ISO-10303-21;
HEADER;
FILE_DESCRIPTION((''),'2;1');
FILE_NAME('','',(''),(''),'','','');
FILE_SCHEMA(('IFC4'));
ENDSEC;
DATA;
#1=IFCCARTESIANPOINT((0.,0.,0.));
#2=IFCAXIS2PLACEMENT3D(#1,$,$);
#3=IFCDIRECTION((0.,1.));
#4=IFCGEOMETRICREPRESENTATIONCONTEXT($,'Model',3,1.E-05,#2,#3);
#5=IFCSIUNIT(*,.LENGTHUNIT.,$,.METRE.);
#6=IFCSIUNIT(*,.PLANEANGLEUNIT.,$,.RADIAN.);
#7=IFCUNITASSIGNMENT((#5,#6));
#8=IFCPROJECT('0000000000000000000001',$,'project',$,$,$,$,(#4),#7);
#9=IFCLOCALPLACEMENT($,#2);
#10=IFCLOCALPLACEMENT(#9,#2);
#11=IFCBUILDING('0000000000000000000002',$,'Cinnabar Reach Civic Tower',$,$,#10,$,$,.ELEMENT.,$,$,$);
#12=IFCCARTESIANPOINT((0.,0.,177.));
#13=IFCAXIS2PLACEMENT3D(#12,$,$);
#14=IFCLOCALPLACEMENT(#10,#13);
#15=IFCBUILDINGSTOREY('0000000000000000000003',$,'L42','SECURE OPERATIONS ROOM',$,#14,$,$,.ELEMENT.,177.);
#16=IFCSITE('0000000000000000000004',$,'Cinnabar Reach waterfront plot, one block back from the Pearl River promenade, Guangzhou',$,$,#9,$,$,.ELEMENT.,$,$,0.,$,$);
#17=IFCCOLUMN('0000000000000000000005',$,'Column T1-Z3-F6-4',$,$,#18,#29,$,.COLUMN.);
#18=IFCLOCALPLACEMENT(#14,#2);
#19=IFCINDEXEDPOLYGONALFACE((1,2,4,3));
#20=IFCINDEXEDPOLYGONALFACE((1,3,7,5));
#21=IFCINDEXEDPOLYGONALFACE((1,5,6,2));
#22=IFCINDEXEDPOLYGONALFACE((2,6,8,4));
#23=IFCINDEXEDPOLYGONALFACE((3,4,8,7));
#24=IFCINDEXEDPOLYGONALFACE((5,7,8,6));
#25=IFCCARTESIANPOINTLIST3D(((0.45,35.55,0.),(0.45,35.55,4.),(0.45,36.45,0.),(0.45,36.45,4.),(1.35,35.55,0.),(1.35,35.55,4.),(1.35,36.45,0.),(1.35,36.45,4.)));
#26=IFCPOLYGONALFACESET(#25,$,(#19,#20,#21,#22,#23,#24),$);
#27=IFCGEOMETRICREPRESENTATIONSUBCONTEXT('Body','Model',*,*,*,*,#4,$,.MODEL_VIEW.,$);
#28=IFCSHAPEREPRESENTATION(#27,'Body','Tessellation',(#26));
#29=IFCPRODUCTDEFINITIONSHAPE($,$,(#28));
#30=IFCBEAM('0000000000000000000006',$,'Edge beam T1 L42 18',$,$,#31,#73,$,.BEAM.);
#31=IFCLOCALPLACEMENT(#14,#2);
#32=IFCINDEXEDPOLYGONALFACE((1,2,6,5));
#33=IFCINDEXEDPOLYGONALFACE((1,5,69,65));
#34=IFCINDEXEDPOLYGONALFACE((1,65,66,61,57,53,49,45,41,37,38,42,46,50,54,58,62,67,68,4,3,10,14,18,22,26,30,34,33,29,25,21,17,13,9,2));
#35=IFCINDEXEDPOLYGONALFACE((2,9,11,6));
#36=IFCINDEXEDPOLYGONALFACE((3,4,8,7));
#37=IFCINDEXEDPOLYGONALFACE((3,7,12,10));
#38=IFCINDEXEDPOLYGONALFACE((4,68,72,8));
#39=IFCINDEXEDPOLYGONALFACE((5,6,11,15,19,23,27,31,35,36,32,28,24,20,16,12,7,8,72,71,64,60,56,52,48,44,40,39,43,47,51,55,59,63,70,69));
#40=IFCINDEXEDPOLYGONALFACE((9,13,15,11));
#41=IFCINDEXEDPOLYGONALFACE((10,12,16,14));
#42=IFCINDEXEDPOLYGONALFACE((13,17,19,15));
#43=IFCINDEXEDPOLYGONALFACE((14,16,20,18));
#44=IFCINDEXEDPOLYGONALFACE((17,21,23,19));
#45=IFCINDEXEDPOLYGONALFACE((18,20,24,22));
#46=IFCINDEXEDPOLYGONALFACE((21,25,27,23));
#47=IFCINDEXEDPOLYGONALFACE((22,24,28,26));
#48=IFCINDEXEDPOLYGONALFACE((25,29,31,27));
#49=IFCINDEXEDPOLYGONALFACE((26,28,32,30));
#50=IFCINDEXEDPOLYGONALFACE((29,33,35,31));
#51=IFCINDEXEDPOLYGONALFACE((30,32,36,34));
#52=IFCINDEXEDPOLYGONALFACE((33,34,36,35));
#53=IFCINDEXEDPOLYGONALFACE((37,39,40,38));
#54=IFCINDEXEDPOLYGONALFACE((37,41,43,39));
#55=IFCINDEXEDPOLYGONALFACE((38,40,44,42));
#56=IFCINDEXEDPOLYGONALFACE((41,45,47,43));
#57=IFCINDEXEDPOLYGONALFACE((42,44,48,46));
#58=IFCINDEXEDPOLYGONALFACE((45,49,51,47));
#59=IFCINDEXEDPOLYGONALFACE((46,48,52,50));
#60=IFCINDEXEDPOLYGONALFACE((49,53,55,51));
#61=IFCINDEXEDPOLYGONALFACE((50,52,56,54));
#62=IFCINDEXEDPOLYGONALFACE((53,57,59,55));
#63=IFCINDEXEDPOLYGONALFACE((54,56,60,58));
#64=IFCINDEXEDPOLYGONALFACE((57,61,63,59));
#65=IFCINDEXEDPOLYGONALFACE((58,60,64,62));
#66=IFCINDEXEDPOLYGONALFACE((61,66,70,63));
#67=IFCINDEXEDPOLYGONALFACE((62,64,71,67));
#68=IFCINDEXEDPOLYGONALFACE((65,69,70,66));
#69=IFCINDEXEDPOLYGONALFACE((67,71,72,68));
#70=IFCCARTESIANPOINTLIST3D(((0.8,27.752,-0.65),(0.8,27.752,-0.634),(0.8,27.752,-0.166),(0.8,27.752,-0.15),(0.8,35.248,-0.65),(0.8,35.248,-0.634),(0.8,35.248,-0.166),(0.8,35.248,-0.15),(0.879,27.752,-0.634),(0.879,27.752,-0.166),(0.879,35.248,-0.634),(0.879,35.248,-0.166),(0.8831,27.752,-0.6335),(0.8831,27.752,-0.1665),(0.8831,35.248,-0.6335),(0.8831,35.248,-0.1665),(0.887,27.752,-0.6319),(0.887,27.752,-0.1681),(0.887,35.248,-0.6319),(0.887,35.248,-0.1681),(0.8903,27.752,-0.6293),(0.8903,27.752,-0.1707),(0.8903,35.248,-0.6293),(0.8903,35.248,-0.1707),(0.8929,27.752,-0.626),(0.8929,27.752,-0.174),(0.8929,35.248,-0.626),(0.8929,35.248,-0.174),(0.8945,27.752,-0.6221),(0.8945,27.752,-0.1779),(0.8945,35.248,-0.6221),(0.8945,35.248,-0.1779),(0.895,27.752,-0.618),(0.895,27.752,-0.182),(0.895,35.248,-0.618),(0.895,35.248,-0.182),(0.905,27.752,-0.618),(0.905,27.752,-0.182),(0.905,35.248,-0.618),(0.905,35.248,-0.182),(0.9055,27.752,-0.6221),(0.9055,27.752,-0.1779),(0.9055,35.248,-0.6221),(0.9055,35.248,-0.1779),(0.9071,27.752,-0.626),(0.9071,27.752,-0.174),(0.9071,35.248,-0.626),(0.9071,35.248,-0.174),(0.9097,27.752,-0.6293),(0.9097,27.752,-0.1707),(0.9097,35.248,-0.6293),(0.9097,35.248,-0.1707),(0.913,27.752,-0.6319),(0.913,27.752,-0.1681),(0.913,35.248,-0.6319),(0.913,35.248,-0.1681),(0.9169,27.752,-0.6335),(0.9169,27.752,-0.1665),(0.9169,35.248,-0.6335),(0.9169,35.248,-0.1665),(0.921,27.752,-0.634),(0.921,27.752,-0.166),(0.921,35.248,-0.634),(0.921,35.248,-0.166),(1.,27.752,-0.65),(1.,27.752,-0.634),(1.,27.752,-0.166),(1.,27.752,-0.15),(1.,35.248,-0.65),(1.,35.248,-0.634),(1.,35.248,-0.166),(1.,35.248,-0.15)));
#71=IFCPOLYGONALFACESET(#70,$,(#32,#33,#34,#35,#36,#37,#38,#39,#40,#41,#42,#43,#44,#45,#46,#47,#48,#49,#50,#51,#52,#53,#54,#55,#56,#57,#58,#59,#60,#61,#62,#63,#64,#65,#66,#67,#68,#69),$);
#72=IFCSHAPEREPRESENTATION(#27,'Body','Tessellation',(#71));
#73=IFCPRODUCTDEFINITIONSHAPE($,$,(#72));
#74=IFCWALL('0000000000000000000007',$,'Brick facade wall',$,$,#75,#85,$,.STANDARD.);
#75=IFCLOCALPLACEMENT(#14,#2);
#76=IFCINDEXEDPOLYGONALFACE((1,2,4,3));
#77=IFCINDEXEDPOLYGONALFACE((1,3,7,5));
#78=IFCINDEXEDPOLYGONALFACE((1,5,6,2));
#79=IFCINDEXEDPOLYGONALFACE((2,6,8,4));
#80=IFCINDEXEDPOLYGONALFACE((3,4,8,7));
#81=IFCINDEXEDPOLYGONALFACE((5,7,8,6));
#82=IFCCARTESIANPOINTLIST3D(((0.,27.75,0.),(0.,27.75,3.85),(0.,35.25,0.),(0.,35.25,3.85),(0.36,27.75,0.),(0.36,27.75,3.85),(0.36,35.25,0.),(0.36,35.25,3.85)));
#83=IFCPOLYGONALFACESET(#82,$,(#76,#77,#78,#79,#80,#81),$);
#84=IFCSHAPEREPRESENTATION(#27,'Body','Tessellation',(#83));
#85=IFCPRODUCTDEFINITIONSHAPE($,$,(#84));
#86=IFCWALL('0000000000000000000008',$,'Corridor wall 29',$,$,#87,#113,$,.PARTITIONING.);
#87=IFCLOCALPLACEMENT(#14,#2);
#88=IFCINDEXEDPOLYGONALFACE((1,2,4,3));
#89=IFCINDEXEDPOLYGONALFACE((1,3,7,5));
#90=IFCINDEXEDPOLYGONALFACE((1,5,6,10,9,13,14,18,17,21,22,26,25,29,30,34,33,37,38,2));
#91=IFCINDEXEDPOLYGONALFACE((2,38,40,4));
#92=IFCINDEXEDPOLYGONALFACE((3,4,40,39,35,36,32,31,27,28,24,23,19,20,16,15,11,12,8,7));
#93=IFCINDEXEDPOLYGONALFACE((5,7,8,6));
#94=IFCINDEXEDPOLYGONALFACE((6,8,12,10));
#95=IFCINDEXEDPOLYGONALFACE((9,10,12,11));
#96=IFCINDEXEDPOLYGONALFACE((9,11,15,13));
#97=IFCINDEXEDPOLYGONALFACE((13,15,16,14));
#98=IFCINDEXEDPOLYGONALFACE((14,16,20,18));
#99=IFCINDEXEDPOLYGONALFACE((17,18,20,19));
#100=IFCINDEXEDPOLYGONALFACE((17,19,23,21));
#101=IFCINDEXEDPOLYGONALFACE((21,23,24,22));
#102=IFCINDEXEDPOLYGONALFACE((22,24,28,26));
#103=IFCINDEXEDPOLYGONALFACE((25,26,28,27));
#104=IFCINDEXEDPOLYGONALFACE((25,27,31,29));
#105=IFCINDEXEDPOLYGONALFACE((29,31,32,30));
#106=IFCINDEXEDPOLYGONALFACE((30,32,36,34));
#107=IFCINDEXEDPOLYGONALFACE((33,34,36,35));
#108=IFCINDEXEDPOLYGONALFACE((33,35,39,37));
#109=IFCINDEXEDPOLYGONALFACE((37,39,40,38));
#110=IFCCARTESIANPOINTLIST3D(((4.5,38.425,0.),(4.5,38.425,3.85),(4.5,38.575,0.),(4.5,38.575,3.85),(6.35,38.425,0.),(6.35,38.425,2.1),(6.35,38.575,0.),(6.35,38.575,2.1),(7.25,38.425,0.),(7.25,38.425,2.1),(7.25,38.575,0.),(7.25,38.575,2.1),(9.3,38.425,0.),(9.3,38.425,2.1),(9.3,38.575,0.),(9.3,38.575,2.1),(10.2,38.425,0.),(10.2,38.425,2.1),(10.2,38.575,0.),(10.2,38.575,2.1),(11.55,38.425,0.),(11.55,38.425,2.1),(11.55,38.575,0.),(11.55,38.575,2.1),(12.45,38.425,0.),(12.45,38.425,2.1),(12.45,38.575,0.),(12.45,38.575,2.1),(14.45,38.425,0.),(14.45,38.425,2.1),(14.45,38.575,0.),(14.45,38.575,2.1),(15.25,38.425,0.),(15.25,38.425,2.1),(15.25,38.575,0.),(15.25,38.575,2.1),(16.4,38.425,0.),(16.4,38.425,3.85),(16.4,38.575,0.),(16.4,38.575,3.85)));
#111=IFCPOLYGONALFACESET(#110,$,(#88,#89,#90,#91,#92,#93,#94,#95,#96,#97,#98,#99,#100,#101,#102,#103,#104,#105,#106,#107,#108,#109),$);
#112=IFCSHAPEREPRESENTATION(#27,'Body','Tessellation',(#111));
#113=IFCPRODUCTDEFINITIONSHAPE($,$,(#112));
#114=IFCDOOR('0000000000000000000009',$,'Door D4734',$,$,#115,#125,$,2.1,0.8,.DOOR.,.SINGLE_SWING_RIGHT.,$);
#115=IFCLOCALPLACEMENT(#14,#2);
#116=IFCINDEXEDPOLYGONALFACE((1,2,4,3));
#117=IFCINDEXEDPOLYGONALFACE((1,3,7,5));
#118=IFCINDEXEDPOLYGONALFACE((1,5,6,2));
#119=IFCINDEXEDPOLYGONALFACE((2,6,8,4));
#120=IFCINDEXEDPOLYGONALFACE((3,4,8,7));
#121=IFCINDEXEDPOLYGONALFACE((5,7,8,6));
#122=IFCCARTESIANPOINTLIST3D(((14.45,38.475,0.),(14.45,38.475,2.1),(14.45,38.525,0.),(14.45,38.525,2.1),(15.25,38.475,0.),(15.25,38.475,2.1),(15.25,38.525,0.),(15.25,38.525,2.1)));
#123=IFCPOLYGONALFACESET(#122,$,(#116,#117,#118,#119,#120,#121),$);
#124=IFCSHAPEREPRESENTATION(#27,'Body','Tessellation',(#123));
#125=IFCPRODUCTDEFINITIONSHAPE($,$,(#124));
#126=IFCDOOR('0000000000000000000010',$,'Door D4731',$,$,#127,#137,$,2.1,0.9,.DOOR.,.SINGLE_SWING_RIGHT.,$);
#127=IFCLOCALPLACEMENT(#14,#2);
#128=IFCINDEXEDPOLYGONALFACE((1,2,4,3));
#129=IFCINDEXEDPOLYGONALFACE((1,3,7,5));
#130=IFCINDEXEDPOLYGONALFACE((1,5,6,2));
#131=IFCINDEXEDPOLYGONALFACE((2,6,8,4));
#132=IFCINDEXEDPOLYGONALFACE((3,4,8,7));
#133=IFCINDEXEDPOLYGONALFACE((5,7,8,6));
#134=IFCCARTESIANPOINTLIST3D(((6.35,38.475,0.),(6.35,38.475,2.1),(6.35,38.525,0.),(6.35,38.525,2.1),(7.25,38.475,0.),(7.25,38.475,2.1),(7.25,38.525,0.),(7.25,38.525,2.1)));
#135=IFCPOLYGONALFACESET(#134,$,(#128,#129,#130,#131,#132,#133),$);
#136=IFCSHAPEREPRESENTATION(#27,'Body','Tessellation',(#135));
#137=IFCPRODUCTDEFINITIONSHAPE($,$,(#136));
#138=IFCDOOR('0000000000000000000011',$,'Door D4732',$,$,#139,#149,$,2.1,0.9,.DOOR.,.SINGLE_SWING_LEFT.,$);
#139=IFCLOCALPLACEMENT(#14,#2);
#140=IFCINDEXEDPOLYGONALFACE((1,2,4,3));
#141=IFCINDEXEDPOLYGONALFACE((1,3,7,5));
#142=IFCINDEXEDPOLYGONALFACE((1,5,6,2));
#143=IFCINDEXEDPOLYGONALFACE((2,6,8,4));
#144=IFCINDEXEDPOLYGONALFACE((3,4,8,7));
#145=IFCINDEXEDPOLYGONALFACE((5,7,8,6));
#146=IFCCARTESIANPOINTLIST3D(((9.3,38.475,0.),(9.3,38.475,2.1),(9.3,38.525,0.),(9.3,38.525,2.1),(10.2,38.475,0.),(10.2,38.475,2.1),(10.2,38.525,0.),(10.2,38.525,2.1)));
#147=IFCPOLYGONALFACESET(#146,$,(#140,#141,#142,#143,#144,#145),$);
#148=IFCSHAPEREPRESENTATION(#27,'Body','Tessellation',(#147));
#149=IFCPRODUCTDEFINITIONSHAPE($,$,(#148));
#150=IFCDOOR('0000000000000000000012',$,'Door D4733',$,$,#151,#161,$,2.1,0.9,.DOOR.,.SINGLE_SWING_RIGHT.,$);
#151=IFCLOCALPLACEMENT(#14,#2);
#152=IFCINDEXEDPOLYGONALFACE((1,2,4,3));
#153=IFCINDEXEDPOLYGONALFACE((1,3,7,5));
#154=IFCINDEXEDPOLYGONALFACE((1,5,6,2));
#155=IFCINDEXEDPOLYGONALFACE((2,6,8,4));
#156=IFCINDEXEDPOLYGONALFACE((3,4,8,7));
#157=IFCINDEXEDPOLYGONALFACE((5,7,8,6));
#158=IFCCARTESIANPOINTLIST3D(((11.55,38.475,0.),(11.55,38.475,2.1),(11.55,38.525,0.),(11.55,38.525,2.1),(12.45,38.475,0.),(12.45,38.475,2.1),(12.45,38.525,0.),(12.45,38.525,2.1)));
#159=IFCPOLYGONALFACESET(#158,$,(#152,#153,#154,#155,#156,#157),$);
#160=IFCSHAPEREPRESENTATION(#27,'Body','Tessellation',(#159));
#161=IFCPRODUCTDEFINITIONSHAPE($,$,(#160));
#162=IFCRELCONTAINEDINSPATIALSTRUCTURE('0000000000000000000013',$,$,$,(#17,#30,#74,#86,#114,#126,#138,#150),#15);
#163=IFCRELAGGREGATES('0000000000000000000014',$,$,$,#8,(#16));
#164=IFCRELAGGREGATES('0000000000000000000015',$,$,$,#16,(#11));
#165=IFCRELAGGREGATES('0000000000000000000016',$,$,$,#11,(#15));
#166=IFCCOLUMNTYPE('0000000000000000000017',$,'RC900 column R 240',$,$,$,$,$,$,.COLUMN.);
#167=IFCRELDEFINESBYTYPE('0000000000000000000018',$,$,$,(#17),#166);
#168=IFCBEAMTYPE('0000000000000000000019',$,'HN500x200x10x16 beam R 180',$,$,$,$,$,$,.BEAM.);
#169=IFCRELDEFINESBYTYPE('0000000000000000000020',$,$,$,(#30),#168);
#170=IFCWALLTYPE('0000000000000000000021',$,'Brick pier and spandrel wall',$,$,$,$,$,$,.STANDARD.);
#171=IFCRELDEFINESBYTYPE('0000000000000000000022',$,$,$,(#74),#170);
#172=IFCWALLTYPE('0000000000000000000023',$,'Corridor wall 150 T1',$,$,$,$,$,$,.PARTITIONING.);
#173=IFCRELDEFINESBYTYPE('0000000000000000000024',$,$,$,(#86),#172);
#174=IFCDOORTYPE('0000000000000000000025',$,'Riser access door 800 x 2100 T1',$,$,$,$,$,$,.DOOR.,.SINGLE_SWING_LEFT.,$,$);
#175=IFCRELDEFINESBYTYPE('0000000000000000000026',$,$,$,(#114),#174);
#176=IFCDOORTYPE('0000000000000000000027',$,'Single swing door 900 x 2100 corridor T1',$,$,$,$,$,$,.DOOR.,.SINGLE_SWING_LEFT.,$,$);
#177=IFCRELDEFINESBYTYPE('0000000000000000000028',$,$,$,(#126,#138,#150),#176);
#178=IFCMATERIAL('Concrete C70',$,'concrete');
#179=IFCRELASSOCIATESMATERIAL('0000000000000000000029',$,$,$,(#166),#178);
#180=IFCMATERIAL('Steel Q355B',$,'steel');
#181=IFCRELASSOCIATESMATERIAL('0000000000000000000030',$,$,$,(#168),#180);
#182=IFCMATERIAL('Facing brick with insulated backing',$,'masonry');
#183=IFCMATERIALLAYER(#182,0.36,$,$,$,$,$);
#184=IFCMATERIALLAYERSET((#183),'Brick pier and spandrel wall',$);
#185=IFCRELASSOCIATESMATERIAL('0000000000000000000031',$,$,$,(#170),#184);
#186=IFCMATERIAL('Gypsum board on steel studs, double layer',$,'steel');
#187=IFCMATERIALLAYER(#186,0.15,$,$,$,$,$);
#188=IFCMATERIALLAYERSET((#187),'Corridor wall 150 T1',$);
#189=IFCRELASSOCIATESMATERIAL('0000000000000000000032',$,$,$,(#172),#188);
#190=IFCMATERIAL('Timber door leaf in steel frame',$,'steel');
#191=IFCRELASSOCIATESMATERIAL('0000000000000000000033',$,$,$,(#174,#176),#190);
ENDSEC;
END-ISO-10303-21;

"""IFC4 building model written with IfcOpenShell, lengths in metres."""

from ifc_helpers import new_model, si_unit, direction, frame, frame_2d, origin, origin_2d, place, context, subcontext, project, spatial, rectangle, i_section, extrude, material, layer, layer_set, material_profile, profile_set, type_object, element, fill, save


model = new_model("IFC4")

# Units and contexts
model_context = context("Model", 3, precision=1e-05, world=origin(), true_north=direction((0.0, 1.0)))
body_context = subcontext(model_context, "Body", "Model", "MODEL_VIEW")
ifc_project = project(units=[si_unit("LENGTHUNIT", "METRE"), si_unit("PLANEANGLEUNIT", "RADIAN")], contexts=[model_context])

# Site, building, storey
site_placement = place(None, origin())
site = spatial("IfcSite", under=ifc_project, at=site_placement, Name="Cinnabar Reach waterfront plot, one block back from the Pearl River promenade, Guangzhou", CompositionType="ELEMENT", RefElevation=0.0)
building_placement = place(site_placement, origin())
building = spatial("IfcBuilding", under=site, at=building_placement, Name="Cinnabar Reach Civic Tower", CompositionType="ELEMENT")
storey_placement = place(building_placement, frame((0.0, 0.0, 177.0)))
storey = spatial("IfcBuildingStorey", under=building, at=storey_placement, Name="L42", Description="SECURE OPERATIONS ROOM", CompositionType="ELEMENT", Elevation=177.0)

# Column
ifc_material_1 = material(Name="Concrete C70", Category="concrete")
ifc_material_profile_1 = material_profile(ifc_material_1, rectangle(XDim=0.9, YDim=0.9, at=origin_2d()), Name="RC900")
ifc_profile_set_1 = profile_set([ifc_material_profile_1], Name="Concrete C70")
column_type = type_object("IfcColumnType", Name="RC900 column R 240", PredefinedType="COLUMN", material=ifc_profile_set_1)
column_placement = place(storey_placement, frame((0.9, 36.0, 0.0), z_axis=(0.0, 0.0, 1.0), x_axis=(1.0, 0.0, 0.0)))
element("IfcColumn", 1, at=column_placement, inside=storey, type_object=column_type, Name="Column T1-Z3-F6-4", PredefinedType="COLUMN", context=body_context, shape_type="SweptSolid", body=[
    extrude(rectangle(XDim=0.9, YDim=0.9, at=origin_2d()), origin(), (0.0, 0.0, 1.0), 4.0),
])

# Beam
ifc_material_2 = material(Name="Steel Q355B", Category="steel")
ifc_material_profile_2 = material_profile(ifc_material_2, i_section(OverallWidth=0.2, OverallDepth=0.5, WebThickness=0.01, FlangeThickness=0.016, FilletRadius=0.016, at=origin_2d()), Name="HN500x200x10x16")
ifc_profile_set_2 = profile_set([ifc_material_profile_2], Name="Steel Q355B")
beam_type = type_object("IfcBeamType", Name="HN500x200x10x16 beam R 180", PredefinedType="BEAM", material=ifc_profile_set_2)
beam_placement = place(storey_placement, frame((0.9, 35.248, -0.4), z_axis=(0.0, -1.0, 0.0), x_axis=(1.0, 0.0, 0.0)))
element("IfcBeam", 2, at=beam_placement, inside=storey, type_object=beam_type, Name="Edge beam T1 L42 18", PredefinedType="BEAM", context=body_context, shape_type="SweptSolid", body=[
    extrude(i_section(OverallWidth=0.2, OverallDepth=0.5, WebThickness=0.01, FlangeThickness=0.016, FilletRadius=0.016, at=origin_2d()), origin(), (0.0, 0.0, 1.0), 7.496),
])

# Wall
ifc_material_3 = material(Name="Facing brick with insulated backing", Category="masonry")
ifc_layer_1 = layer(ifc_material_3, 0.36)
ifc_layer_set_1 = layer_set([ifc_layer_1], Name="Brick pier and spandrel wall")
wall_type_1 = type_object("IfcWallType", Name="Brick pier and spandrel wall", PredefinedType="STANDARD", material=ifc_layer_set_1)
wall_1_placement = place(storey_placement, frame((0.18, 35.25, 0.0), z_axis=(0.0, 0.0, 1.0), x_axis=(0.0, -1.0, 0.0)))
element("IfcWall", 3, at=wall_1_placement, inside=storey, type_object=wall_type_1, Name="Brick facade wall", PredefinedType="STANDARD", context=body_context, shape_type="SweptSolid", body=[
    extrude(rectangle(XDim=7.5, YDim=0.36, at=frame_2d((3.75, 0.0))), origin(), (0.0, 0.0, 1.0), 3.85),
])

# Wall, openings, doors
ifc_material_4 = material(Name="Gypsum board on steel studs, double layer", Category="steel")
ifc_layer_2 = layer(ifc_material_4, 0.15)
ifc_layer_set_2 = layer_set([ifc_layer_2], Name="Corridor wall 150 T1")
wall_type_2 = type_object("IfcWallType", Name="Corridor wall 150 T1", PredefinedType="PARTITIONING", material=ifc_layer_set_2)
wall_2_placement = place(storey_placement, frame((4.5, 38.5, 0.0), z_axis=(0.0, 0.0, 1.0), x_axis=(1.0, 0.0, 0.0)))
wall_2 = element("IfcWall", 4, at=wall_2_placement, inside=storey, type_object=wall_type_2, Name="Corridor wall 29", PredefinedType="PARTITIONING", context=body_context, shape_type="SweptSolid", body=[
    extrude(rectangle(XDim=11.9, YDim=0.15, at=frame_2d((5.95, 0.0))), origin(), (0.0, 0.0, 1.0), 3.85),
])
opening_1_placement = place(wall_2_placement, frame((1.85, 0.0, 0.0)))
opening_1 = element("IfcOpeningElement", 5, at=opening_1_placement, cuts=wall_2, PredefinedType="OPENING", context=body_context, shape_type="SweptSolid", body=[
    extrude(rectangle(XDim=0.9, YDim=2.1, at=frame_2d((0.45, 1.05))), frame((0.0, 0.085, 0.0), z_axis=(0.0, -1.0, 0.0), x_axis=(1.0, 0.0, 0.0)), (0.0, 0.0, 1.0), 0.17),
])
opening_2_placement = place(wall_2_placement, frame((4.8, 0.0, 0.0)))
opening_2 = element("IfcOpeningElement", 6, at=opening_2_placement, cuts=wall_2, PredefinedType="OPENING", context=body_context, shape_type="SweptSolid", body=[
    extrude(rectangle(XDim=0.9, YDim=2.1, at=frame_2d((0.45, 1.05))), frame((0.0, 0.085, 0.0), z_axis=(0.0, -1.0, 0.0), x_axis=(1.0, 0.0, 0.0)), (0.0, 0.0, 1.0), 0.17),
])
opening_3_placement = place(wall_2_placement, frame((7.05, 0.0, 0.0)))
opening_3 = element("IfcOpeningElement", 7, at=opening_3_placement, cuts=wall_2, PredefinedType="OPENING", context=body_context, shape_type="SweptSolid", body=[
    extrude(rectangle(XDim=0.9, YDim=2.1, at=frame_2d((0.45, 1.05))), frame((0.0, 0.085, 0.0), z_axis=(0.0, -1.0, 0.0), x_axis=(1.0, 0.0, 0.0)), (0.0, 0.0, 1.0), 0.17),
])
opening_4_placement = place(wall_2_placement, frame((9.95, 0.0, 0.0)))
opening_4 = element("IfcOpeningElement", 8, at=opening_4_placement, cuts=wall_2, PredefinedType="OPENING", context=body_context, shape_type="SweptSolid", body=[
    extrude(rectangle(XDim=0.8, YDim=2.1, at=frame_2d((0.4, 1.05))), frame((0.0, 0.085, 0.0), z_axis=(0.0, -1.0, 0.0), x_axis=(1.0, 0.0, 0.0)), (0.0, 0.0, 1.0), 0.17),
])
ifc_material_5 = material(Name="Timber door leaf in steel frame", Category="steel")
door_type_1 = type_object("IfcDoorType", Name="Riser access door 800 x 2100 T1", OperationType="SINGLE_SWING_LEFT", PredefinedType="DOOR", material=ifc_material_5)
door_1_placement = place(opening_4_placement, origin())
door_1 = element("IfcDoor", 9, at=door_1_placement, inside=storey, type_object=door_type_1, Name="Door D4734", OperationType="SINGLE_SWING_RIGHT", OverallHeight=2.1, OverallWidth=0.8, PredefinedType="DOOR", context=body_context, shape_type="SweptSolid", body=[
    extrude(rectangle(XDim=0.8, YDim=2.1, at=frame_2d((0.4, 1.05))), frame((0.0, 0.025, 0.0), z_axis=(0.0, -1.0, 0.0), x_axis=(1.0, 0.0, 0.0)), (0.0, 0.0, 1.0), 0.05),
])
fill(opening_4, door_1)
door_type_2 = type_object("IfcDoorType", Name="Single swing door 900 x 2100 corridor T1", OperationType="SINGLE_SWING_LEFT", PredefinedType="DOOR", material=ifc_material_5)
door_2_placement = place(opening_1_placement, origin())
door_2 = element("IfcDoor", 10, at=door_2_placement, inside=storey, type_object=door_type_2, Name="Door D4731", OperationType="SINGLE_SWING_RIGHT", OverallHeight=2.1, OverallWidth=0.9, PredefinedType="DOOR", context=body_context, shape_type="SweptSolid", body=[
    extrude(rectangle(XDim=0.9, YDim=2.1, at=frame_2d((0.45, 1.05))), frame((0.0, 0.025, 0.0), z_axis=(0.0, -1.0, 0.0), x_axis=(1.0, 0.0, 0.0)), (0.0, 0.0, 1.0), 0.05),
])
fill(opening_1, door_2)
door_3_placement = place(opening_2_placement, origin())
door_3 = element("IfcDoor", 11, at=door_3_placement, inside=storey, type_object=door_type_2, Name="Door D4732", OperationType="SINGLE_SWING_LEFT", OverallHeight=2.1, OverallWidth=0.9, PredefinedType="DOOR", context=body_context, shape_type="SweptSolid", body=[
    extrude(rectangle(XDim=0.9, YDim=2.1, at=frame_2d((0.45, 1.05))), frame((0.0, 0.025, 0.0), z_axis=(0.0, -1.0, 0.0), x_axis=(1.0, 0.0, 0.0)), (0.0, 0.0, 1.0), 0.05),
])
fill(opening_2, door_3)
door_4_placement = place(opening_3_placement, origin())
door_4 = element("IfcDoor", 12, at=door_4_placement, inside=storey, type_object=door_type_2, Name="Door D4733", OperationType="SINGLE_SWING_RIGHT", OverallHeight=2.1, OverallWidth=0.9, PredefinedType="DOOR", context=body_context, shape_type="SweptSolid", body=[
    extrude(rectangle(XDim=0.9, YDim=2.1, at=frame_2d((0.45, 1.05))), frame((0.0, 0.025, 0.0), z_axis=(0.0, -1.0, 0.0), x_axis=(1.0, 0.0, 0.0)), (0.0, 0.0, 1.0), 0.05),
])
fill(opening_3, door_4)

save(model, "model.ifc")
